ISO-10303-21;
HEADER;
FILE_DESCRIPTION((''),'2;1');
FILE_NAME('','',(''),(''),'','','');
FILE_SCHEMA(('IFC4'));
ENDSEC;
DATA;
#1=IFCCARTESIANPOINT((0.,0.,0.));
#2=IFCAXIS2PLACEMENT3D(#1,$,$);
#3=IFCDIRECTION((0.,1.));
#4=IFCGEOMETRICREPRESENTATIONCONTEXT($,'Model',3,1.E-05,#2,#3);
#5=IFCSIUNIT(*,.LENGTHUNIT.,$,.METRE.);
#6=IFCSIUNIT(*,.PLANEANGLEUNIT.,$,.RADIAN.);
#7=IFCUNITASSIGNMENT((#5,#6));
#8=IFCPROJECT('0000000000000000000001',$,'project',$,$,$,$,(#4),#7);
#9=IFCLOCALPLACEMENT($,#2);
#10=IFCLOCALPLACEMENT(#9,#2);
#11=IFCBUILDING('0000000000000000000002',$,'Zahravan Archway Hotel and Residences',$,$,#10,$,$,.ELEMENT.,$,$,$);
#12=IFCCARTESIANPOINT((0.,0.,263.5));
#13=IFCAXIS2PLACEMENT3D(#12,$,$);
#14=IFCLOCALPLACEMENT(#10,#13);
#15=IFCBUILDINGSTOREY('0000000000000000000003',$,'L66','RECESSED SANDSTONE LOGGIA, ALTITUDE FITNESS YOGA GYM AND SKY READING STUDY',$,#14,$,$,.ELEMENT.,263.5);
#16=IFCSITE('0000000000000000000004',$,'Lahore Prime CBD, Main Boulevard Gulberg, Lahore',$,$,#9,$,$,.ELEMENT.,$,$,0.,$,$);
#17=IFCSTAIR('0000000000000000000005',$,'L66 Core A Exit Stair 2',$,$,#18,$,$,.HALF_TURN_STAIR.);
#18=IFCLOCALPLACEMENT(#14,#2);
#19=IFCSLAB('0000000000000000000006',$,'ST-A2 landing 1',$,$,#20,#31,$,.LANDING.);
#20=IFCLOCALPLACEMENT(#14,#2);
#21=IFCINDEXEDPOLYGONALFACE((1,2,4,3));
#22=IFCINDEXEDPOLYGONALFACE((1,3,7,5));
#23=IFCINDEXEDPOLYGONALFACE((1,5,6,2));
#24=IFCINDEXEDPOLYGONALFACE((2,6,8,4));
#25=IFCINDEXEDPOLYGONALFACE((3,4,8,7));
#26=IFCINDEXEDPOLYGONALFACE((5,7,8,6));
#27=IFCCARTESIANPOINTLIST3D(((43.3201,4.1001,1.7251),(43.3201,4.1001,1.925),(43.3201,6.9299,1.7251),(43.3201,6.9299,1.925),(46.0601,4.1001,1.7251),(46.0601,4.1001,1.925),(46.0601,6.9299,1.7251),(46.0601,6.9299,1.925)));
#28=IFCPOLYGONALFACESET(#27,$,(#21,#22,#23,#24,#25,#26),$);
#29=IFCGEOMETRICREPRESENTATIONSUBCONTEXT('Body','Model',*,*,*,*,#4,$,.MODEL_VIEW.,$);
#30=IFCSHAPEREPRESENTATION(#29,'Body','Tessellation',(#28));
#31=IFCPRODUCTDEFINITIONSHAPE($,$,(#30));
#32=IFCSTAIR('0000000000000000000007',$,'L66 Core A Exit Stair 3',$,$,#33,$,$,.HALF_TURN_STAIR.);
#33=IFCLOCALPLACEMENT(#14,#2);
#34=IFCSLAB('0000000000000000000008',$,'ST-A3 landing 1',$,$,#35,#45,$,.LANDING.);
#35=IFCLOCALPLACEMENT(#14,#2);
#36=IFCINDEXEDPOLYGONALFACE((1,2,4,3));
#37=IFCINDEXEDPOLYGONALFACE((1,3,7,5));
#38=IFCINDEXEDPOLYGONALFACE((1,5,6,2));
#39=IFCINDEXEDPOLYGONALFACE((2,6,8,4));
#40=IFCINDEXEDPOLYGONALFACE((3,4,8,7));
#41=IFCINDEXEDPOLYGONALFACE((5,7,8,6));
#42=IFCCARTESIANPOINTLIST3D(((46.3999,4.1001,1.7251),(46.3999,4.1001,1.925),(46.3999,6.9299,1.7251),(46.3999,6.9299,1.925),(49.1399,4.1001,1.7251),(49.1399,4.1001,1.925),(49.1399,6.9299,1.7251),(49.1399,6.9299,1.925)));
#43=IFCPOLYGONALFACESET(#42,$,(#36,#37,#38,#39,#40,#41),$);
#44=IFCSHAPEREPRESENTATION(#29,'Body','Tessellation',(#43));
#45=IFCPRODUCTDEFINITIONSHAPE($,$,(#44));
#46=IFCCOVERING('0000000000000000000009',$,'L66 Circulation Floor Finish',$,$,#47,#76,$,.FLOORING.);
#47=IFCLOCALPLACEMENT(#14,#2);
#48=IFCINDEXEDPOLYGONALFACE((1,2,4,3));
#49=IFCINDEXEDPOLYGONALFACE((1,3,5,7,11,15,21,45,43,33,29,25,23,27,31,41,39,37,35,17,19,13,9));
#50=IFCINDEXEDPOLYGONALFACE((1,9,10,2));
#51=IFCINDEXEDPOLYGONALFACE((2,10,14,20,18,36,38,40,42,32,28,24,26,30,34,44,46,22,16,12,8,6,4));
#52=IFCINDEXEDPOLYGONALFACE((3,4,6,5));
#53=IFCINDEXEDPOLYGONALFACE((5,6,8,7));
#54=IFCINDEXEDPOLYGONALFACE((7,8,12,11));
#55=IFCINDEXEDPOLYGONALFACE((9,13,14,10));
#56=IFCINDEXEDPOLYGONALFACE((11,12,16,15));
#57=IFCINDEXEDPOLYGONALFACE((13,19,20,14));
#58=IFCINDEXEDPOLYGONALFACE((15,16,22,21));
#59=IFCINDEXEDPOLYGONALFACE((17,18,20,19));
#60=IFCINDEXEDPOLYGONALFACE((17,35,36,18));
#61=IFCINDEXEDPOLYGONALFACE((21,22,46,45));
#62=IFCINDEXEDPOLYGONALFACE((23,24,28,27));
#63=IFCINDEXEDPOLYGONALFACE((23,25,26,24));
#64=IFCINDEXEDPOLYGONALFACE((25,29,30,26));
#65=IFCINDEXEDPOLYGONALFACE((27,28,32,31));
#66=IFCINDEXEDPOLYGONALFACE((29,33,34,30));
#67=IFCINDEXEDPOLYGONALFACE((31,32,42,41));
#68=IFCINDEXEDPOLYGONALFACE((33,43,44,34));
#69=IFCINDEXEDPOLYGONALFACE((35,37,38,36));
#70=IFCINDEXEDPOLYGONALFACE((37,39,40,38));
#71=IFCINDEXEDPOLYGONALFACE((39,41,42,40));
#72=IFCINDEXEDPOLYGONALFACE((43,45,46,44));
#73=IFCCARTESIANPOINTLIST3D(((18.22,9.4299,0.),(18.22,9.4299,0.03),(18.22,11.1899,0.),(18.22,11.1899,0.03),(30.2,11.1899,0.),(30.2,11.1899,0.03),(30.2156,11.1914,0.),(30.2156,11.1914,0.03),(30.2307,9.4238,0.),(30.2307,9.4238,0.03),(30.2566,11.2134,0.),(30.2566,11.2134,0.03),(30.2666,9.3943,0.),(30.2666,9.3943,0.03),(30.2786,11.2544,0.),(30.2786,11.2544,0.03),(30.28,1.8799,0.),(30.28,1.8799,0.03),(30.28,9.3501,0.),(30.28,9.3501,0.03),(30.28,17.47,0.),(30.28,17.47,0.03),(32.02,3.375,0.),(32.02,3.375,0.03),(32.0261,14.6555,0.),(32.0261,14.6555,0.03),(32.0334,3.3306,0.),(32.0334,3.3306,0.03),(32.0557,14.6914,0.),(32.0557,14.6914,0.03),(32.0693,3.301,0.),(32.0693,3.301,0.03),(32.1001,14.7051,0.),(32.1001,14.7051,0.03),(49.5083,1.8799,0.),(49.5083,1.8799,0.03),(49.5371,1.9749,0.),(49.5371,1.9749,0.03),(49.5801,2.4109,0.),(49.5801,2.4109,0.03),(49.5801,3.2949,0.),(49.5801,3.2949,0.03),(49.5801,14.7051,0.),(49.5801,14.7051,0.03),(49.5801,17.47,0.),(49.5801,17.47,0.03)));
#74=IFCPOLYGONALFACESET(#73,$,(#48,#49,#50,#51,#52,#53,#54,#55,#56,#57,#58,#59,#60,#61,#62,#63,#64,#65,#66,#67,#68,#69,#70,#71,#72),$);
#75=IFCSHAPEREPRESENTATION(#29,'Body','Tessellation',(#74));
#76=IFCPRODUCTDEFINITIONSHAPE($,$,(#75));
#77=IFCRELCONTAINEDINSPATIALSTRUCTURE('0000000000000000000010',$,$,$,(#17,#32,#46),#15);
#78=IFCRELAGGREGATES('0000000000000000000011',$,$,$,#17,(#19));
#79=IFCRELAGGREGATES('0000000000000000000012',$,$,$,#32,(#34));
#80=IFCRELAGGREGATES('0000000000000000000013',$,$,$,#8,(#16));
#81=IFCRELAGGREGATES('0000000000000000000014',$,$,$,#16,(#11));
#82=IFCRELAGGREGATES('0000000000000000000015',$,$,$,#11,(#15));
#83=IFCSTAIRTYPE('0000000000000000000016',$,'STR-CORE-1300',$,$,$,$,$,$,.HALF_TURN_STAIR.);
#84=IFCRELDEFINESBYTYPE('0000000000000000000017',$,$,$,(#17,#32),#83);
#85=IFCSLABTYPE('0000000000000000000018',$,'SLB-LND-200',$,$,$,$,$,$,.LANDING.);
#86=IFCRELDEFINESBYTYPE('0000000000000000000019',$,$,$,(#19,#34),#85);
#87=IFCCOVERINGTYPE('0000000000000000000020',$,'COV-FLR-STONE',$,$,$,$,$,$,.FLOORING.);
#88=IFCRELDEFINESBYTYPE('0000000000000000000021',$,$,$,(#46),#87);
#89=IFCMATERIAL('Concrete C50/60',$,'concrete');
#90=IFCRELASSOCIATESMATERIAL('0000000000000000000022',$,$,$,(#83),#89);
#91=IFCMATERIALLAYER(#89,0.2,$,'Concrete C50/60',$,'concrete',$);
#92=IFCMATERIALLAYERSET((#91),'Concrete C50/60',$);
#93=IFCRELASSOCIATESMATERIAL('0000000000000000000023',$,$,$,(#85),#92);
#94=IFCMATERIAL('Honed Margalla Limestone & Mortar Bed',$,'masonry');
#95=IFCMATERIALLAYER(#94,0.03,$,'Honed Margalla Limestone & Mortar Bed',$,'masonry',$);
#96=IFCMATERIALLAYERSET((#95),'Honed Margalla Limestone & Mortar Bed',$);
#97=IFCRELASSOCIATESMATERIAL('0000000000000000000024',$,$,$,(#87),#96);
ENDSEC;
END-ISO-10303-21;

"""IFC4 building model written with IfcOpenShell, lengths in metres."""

from ifc_helpers import new_model, si_unit, direction, frame, origin, place, context, subcontext, project, spatial, polyline, outline, extrude, material, layer, layer_set, type_object, element, aggregate, save


model = new_model("IFC4")

# Units and contexts
model_context = context("Model", 3, precision=1e-05, world=origin(), true_north=direction((0.0, 1.0)))
body_context = subcontext(model_context, "Body", "Model", "MODEL_VIEW")
ifc_project = project(units=[si_unit("LENGTHUNIT", "METRE"), si_unit("PLANEANGLEUNIT", "RADIAN")], contexts=[model_context])

# Site, building, storey
site_placement = place(None, origin())
site = spatial("IfcSite", under=ifc_project, at=site_placement, Name="Lahore Prime CBD, Main Boulevard Gulberg, Lahore", CompositionType="ELEMENT", RefElevation=0.0)
building_placement = place(site_placement, origin())
building = spatial("IfcBuilding", under=site, at=building_placement, Name="Zahravan Archway Hotel and Residences", CompositionType="ELEMENT")
storey_placement = place(building_placement, frame((0.0, 0.0, 263.5)))
storey = spatial("IfcBuildingStorey", under=building, at=storey_placement, Name="L66", Description="RECESSED SANDSTONE LOGGIA, ALTITUDE FITNESS YOGA GYM AND SKY READING STUDY", CompositionType="ELEMENT", Elevation=263.5)

# Stairs, slabs
ifc_material_1 = material(Name="Concrete C50/60", Category="concrete")
stair_type = type_object("IfcStairType", Name="STR-CORE-1300", PredefinedType="HALF_TURN_STAIR", material=ifc_material_1)
ifc_layer_1 = layer(ifc_material_1, 0.2, Name="Concrete C50/60", Category="concrete")
ifc_layer_set_1 = layer_set([ifc_layer_1], Name="Concrete C50/60")
slab_type_1 = type_object("IfcSlabType", Name="SLB-LND-200", PredefinedType="LANDING", material=ifc_layer_set_1)
stair_1_placement = place(storey_placement, origin())
stair_1 = element("IfcStair", 1, at=stair_1_placement, inside=storey, type_object=stair_type, Name="L66 Core A Exit Stair 2", PredefinedType="HALF_TURN_STAIR")
slab_1_placement = place(storey_placement, frame((0.0, 0.0, 1.7251)))
slab_1 = element("IfcSlab", 2, at=slab_1_placement, type_object=slab_type_1, Name="ST-A2 landing 1", PredefinedType="LANDING", context=body_context, shape_type="SweptSolid", body=[
    extrude(outline(polyline([(43.3201, 6.9299), (43.3201, 4.1001), (46.0601, 4.1001), (46.0601, 6.9299), (43.3201, 6.9299)])), origin(), (0.0, 0.0, 1.0), 0.2),
])
aggregate(stair_1, [slab_1])
stair_2_placement = place(storey_placement, origin())
stair_2 = element("IfcStair", 3, at=stair_2_placement, inside=storey, type_object=stair_type, Name="L66 Core A Exit Stair 3", PredefinedType="HALF_TURN_STAIR")
slab_2_placement = place(storey_placement, frame((0.0, 0.0, 1.7251)))
slab_2 = element("IfcSlab", 4, at=slab_2_placement, type_object=slab_type_1, Name="ST-A3 landing 1", PredefinedType="LANDING", context=body_context, shape_type="SweptSolid", body=[
    extrude(outline(polyline([(46.3999, 6.9299), (46.3999, 4.1001), (49.1399, 4.1001), (49.1399, 6.9299), (46.3999, 6.9299)])), origin(), (0.0, 0.0, 1.0), 0.2),
])
aggregate(stair_2, [slab_2])

# Covering
ifc_material_2 = material(Name="Honed Margalla Limestone & Mortar Bed", Category="masonry")
ifc_layer_2 = layer(ifc_material_2, 0.03, Name="Honed Margalla Limestone & Mortar Bed", Category="masonry")
ifc_layer_set_2 = layer_set([ifc_layer_2], Name="Honed Margalla Limestone & Mortar Bed")
covering_type = type_object("IfcCoveringType", Name="COV-FLR-STONE", PredefinedType="FLOORING", material=ifc_layer_set_2)
covering_placement = place(storey_placement, origin())
element("IfcCovering", 5, at=covering_placement, inside=storey, type_object=covering_type, Name="L66 Circulation Floor Finish", PredefinedType="FLOORING", context=body_context, shape_type="SweptSolid", body=[
    extrude(outline(polyline([(30.2156, 11.1914), (30.2566, 11.2134), (30.2786, 11.2544), (30.28, 17.47), (49.5801, 17.47), (49.5801, 14.7051), (32.1001, 14.7051), (32.0557, 14.6914), (32.0261, 14.6555), (32.02, 3.375), (32.0334, 3.3306), (32.0693, 3.301), (49.5801, 3.2949), (49.5801, 2.4109), (49.5371, 1.9749), (49.5083, 1.8799), (30.28, 1.8799), (30.28, 9.3501), (30.2666, 9.3943), (30.2307, 9.4238), (18.22, 9.4299), (18.22, 11.1899), (30.2, 11.1899), (30.2156, 11.1914)])), origin(), (0.0, 0.0, 1.0), 0.03),
])

save(model, "model.ifc")
